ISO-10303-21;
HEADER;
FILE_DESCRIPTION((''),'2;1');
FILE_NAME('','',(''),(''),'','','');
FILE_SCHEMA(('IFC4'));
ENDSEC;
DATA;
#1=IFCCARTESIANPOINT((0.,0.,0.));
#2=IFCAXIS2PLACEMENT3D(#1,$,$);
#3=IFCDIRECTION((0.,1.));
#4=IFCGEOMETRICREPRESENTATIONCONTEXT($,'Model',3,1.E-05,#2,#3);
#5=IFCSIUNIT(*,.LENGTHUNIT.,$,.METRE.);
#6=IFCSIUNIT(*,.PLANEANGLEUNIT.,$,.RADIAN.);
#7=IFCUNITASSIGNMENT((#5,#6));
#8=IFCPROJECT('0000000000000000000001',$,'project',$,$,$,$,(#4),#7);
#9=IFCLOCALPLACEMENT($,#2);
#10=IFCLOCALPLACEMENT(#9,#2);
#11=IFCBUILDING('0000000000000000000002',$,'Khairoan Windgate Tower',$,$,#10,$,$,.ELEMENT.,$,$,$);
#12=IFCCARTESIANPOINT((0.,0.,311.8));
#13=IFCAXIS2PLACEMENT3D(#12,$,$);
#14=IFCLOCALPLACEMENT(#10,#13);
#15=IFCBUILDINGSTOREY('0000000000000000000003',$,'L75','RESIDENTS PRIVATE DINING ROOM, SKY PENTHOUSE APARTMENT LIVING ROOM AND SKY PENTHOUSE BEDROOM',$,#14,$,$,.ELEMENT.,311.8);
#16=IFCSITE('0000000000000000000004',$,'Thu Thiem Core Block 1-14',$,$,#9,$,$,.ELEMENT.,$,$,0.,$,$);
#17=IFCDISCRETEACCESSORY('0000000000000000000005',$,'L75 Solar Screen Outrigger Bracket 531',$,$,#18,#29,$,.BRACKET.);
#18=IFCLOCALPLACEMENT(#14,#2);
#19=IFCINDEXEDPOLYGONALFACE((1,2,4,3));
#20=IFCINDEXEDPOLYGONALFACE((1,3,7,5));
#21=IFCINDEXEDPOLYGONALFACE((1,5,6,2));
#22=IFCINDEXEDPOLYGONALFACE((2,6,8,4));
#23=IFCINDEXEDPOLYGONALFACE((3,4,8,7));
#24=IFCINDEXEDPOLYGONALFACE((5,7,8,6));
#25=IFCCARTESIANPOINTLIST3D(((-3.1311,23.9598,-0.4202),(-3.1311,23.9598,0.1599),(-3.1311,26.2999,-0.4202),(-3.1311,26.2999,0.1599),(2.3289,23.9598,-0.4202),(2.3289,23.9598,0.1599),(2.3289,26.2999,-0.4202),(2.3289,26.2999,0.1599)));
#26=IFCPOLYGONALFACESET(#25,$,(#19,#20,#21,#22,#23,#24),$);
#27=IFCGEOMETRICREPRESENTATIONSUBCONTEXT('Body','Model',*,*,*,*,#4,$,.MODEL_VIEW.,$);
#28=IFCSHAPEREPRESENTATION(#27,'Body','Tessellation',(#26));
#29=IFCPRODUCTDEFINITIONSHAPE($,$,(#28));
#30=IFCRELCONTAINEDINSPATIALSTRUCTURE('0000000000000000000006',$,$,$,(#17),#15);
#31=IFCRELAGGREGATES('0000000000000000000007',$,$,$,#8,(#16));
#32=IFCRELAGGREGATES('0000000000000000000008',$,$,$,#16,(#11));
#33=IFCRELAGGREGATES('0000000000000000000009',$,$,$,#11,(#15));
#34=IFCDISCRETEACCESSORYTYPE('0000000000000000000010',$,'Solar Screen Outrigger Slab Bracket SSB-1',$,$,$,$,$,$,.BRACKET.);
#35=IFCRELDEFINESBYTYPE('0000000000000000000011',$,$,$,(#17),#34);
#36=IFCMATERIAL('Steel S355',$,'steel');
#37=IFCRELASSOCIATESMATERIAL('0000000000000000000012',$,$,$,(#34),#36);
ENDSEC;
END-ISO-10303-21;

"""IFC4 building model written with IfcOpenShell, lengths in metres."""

from ifc_helpers import new_model, si_unit, direction, frame, origin, origin_2d, place, context, subcontext, project, spatial, rectangle, extrude, material, type_object, element, save


model = new_model("IFC4")

# Units and contexts
model_context = context("Model", 3, precision=1e-05, world=origin(), true_north=direction((0.0, 1.0)))
body_context = subcontext(model_context, "Body", "Model", "MODEL_VIEW")
ifc_project = project(units=[si_unit("LENGTHUNIT", "METRE"), si_unit("PLANEANGLEUNIT", "RADIAN")], contexts=[model_context])

# Site, building, storey
site_placement = place(None, origin())
site = spatial("IfcSite", under=ifc_project, at=site_placement, Name="Thu Thiem Core Block 1-14", CompositionType="ELEMENT", RefElevation=0.0)
building_placement = place(site_placement, origin())
building = spatial("IfcBuilding", under=site, at=building_placement, Name="Khairoan Windgate Tower", CompositionType="ELEMENT")
storey_placement = place(building_placement, frame((0.0, 0.0, 311.8)))
storey = spatial("IfcBuildingStorey", under=building, at=storey_placement, Name="L75", Description="RESIDENTS PRIVATE DINING ROOM, SKY PENTHOUSE APARTMENT LIVING ROOM AND SKY PENTHOUSE BEDROOM", CompositionType="ELEMENT", Elevation=311.8)

# Discrete accessory
ifc_material_1 = material(Name="Steel S355", Category="steel")
discrete_accessory_type = type_object("IfcDiscreteAccessoryType", Name="Solar Screen Outrigger Slab Bracket SSB-1", PredefinedType="BRACKET", material=ifc_material_1)
discrete_accessory_placement = place(storey_placement, frame((-0.4011, 25.1299, -0.4202), z_axis=(0.0, 0.0, 1.0), x_axis=(1.0, 0.0, 0.0)))
element("IfcDiscreteAccessory", 1, at=discrete_accessory_placement, inside=storey, type_object=discrete_accessory_type, Name="L75 Solar Screen Outrigger Bracket 531", PredefinedType="BRACKET", context=body_context, shape_type="SweptSolid", body=[
    extrude(rectangle(XDim=5.46, YDim=2.3401, at=origin_2d()), origin(), (0.0, 0.0, 1.0), 0.5801),
])

save(model, "model.ifc")
